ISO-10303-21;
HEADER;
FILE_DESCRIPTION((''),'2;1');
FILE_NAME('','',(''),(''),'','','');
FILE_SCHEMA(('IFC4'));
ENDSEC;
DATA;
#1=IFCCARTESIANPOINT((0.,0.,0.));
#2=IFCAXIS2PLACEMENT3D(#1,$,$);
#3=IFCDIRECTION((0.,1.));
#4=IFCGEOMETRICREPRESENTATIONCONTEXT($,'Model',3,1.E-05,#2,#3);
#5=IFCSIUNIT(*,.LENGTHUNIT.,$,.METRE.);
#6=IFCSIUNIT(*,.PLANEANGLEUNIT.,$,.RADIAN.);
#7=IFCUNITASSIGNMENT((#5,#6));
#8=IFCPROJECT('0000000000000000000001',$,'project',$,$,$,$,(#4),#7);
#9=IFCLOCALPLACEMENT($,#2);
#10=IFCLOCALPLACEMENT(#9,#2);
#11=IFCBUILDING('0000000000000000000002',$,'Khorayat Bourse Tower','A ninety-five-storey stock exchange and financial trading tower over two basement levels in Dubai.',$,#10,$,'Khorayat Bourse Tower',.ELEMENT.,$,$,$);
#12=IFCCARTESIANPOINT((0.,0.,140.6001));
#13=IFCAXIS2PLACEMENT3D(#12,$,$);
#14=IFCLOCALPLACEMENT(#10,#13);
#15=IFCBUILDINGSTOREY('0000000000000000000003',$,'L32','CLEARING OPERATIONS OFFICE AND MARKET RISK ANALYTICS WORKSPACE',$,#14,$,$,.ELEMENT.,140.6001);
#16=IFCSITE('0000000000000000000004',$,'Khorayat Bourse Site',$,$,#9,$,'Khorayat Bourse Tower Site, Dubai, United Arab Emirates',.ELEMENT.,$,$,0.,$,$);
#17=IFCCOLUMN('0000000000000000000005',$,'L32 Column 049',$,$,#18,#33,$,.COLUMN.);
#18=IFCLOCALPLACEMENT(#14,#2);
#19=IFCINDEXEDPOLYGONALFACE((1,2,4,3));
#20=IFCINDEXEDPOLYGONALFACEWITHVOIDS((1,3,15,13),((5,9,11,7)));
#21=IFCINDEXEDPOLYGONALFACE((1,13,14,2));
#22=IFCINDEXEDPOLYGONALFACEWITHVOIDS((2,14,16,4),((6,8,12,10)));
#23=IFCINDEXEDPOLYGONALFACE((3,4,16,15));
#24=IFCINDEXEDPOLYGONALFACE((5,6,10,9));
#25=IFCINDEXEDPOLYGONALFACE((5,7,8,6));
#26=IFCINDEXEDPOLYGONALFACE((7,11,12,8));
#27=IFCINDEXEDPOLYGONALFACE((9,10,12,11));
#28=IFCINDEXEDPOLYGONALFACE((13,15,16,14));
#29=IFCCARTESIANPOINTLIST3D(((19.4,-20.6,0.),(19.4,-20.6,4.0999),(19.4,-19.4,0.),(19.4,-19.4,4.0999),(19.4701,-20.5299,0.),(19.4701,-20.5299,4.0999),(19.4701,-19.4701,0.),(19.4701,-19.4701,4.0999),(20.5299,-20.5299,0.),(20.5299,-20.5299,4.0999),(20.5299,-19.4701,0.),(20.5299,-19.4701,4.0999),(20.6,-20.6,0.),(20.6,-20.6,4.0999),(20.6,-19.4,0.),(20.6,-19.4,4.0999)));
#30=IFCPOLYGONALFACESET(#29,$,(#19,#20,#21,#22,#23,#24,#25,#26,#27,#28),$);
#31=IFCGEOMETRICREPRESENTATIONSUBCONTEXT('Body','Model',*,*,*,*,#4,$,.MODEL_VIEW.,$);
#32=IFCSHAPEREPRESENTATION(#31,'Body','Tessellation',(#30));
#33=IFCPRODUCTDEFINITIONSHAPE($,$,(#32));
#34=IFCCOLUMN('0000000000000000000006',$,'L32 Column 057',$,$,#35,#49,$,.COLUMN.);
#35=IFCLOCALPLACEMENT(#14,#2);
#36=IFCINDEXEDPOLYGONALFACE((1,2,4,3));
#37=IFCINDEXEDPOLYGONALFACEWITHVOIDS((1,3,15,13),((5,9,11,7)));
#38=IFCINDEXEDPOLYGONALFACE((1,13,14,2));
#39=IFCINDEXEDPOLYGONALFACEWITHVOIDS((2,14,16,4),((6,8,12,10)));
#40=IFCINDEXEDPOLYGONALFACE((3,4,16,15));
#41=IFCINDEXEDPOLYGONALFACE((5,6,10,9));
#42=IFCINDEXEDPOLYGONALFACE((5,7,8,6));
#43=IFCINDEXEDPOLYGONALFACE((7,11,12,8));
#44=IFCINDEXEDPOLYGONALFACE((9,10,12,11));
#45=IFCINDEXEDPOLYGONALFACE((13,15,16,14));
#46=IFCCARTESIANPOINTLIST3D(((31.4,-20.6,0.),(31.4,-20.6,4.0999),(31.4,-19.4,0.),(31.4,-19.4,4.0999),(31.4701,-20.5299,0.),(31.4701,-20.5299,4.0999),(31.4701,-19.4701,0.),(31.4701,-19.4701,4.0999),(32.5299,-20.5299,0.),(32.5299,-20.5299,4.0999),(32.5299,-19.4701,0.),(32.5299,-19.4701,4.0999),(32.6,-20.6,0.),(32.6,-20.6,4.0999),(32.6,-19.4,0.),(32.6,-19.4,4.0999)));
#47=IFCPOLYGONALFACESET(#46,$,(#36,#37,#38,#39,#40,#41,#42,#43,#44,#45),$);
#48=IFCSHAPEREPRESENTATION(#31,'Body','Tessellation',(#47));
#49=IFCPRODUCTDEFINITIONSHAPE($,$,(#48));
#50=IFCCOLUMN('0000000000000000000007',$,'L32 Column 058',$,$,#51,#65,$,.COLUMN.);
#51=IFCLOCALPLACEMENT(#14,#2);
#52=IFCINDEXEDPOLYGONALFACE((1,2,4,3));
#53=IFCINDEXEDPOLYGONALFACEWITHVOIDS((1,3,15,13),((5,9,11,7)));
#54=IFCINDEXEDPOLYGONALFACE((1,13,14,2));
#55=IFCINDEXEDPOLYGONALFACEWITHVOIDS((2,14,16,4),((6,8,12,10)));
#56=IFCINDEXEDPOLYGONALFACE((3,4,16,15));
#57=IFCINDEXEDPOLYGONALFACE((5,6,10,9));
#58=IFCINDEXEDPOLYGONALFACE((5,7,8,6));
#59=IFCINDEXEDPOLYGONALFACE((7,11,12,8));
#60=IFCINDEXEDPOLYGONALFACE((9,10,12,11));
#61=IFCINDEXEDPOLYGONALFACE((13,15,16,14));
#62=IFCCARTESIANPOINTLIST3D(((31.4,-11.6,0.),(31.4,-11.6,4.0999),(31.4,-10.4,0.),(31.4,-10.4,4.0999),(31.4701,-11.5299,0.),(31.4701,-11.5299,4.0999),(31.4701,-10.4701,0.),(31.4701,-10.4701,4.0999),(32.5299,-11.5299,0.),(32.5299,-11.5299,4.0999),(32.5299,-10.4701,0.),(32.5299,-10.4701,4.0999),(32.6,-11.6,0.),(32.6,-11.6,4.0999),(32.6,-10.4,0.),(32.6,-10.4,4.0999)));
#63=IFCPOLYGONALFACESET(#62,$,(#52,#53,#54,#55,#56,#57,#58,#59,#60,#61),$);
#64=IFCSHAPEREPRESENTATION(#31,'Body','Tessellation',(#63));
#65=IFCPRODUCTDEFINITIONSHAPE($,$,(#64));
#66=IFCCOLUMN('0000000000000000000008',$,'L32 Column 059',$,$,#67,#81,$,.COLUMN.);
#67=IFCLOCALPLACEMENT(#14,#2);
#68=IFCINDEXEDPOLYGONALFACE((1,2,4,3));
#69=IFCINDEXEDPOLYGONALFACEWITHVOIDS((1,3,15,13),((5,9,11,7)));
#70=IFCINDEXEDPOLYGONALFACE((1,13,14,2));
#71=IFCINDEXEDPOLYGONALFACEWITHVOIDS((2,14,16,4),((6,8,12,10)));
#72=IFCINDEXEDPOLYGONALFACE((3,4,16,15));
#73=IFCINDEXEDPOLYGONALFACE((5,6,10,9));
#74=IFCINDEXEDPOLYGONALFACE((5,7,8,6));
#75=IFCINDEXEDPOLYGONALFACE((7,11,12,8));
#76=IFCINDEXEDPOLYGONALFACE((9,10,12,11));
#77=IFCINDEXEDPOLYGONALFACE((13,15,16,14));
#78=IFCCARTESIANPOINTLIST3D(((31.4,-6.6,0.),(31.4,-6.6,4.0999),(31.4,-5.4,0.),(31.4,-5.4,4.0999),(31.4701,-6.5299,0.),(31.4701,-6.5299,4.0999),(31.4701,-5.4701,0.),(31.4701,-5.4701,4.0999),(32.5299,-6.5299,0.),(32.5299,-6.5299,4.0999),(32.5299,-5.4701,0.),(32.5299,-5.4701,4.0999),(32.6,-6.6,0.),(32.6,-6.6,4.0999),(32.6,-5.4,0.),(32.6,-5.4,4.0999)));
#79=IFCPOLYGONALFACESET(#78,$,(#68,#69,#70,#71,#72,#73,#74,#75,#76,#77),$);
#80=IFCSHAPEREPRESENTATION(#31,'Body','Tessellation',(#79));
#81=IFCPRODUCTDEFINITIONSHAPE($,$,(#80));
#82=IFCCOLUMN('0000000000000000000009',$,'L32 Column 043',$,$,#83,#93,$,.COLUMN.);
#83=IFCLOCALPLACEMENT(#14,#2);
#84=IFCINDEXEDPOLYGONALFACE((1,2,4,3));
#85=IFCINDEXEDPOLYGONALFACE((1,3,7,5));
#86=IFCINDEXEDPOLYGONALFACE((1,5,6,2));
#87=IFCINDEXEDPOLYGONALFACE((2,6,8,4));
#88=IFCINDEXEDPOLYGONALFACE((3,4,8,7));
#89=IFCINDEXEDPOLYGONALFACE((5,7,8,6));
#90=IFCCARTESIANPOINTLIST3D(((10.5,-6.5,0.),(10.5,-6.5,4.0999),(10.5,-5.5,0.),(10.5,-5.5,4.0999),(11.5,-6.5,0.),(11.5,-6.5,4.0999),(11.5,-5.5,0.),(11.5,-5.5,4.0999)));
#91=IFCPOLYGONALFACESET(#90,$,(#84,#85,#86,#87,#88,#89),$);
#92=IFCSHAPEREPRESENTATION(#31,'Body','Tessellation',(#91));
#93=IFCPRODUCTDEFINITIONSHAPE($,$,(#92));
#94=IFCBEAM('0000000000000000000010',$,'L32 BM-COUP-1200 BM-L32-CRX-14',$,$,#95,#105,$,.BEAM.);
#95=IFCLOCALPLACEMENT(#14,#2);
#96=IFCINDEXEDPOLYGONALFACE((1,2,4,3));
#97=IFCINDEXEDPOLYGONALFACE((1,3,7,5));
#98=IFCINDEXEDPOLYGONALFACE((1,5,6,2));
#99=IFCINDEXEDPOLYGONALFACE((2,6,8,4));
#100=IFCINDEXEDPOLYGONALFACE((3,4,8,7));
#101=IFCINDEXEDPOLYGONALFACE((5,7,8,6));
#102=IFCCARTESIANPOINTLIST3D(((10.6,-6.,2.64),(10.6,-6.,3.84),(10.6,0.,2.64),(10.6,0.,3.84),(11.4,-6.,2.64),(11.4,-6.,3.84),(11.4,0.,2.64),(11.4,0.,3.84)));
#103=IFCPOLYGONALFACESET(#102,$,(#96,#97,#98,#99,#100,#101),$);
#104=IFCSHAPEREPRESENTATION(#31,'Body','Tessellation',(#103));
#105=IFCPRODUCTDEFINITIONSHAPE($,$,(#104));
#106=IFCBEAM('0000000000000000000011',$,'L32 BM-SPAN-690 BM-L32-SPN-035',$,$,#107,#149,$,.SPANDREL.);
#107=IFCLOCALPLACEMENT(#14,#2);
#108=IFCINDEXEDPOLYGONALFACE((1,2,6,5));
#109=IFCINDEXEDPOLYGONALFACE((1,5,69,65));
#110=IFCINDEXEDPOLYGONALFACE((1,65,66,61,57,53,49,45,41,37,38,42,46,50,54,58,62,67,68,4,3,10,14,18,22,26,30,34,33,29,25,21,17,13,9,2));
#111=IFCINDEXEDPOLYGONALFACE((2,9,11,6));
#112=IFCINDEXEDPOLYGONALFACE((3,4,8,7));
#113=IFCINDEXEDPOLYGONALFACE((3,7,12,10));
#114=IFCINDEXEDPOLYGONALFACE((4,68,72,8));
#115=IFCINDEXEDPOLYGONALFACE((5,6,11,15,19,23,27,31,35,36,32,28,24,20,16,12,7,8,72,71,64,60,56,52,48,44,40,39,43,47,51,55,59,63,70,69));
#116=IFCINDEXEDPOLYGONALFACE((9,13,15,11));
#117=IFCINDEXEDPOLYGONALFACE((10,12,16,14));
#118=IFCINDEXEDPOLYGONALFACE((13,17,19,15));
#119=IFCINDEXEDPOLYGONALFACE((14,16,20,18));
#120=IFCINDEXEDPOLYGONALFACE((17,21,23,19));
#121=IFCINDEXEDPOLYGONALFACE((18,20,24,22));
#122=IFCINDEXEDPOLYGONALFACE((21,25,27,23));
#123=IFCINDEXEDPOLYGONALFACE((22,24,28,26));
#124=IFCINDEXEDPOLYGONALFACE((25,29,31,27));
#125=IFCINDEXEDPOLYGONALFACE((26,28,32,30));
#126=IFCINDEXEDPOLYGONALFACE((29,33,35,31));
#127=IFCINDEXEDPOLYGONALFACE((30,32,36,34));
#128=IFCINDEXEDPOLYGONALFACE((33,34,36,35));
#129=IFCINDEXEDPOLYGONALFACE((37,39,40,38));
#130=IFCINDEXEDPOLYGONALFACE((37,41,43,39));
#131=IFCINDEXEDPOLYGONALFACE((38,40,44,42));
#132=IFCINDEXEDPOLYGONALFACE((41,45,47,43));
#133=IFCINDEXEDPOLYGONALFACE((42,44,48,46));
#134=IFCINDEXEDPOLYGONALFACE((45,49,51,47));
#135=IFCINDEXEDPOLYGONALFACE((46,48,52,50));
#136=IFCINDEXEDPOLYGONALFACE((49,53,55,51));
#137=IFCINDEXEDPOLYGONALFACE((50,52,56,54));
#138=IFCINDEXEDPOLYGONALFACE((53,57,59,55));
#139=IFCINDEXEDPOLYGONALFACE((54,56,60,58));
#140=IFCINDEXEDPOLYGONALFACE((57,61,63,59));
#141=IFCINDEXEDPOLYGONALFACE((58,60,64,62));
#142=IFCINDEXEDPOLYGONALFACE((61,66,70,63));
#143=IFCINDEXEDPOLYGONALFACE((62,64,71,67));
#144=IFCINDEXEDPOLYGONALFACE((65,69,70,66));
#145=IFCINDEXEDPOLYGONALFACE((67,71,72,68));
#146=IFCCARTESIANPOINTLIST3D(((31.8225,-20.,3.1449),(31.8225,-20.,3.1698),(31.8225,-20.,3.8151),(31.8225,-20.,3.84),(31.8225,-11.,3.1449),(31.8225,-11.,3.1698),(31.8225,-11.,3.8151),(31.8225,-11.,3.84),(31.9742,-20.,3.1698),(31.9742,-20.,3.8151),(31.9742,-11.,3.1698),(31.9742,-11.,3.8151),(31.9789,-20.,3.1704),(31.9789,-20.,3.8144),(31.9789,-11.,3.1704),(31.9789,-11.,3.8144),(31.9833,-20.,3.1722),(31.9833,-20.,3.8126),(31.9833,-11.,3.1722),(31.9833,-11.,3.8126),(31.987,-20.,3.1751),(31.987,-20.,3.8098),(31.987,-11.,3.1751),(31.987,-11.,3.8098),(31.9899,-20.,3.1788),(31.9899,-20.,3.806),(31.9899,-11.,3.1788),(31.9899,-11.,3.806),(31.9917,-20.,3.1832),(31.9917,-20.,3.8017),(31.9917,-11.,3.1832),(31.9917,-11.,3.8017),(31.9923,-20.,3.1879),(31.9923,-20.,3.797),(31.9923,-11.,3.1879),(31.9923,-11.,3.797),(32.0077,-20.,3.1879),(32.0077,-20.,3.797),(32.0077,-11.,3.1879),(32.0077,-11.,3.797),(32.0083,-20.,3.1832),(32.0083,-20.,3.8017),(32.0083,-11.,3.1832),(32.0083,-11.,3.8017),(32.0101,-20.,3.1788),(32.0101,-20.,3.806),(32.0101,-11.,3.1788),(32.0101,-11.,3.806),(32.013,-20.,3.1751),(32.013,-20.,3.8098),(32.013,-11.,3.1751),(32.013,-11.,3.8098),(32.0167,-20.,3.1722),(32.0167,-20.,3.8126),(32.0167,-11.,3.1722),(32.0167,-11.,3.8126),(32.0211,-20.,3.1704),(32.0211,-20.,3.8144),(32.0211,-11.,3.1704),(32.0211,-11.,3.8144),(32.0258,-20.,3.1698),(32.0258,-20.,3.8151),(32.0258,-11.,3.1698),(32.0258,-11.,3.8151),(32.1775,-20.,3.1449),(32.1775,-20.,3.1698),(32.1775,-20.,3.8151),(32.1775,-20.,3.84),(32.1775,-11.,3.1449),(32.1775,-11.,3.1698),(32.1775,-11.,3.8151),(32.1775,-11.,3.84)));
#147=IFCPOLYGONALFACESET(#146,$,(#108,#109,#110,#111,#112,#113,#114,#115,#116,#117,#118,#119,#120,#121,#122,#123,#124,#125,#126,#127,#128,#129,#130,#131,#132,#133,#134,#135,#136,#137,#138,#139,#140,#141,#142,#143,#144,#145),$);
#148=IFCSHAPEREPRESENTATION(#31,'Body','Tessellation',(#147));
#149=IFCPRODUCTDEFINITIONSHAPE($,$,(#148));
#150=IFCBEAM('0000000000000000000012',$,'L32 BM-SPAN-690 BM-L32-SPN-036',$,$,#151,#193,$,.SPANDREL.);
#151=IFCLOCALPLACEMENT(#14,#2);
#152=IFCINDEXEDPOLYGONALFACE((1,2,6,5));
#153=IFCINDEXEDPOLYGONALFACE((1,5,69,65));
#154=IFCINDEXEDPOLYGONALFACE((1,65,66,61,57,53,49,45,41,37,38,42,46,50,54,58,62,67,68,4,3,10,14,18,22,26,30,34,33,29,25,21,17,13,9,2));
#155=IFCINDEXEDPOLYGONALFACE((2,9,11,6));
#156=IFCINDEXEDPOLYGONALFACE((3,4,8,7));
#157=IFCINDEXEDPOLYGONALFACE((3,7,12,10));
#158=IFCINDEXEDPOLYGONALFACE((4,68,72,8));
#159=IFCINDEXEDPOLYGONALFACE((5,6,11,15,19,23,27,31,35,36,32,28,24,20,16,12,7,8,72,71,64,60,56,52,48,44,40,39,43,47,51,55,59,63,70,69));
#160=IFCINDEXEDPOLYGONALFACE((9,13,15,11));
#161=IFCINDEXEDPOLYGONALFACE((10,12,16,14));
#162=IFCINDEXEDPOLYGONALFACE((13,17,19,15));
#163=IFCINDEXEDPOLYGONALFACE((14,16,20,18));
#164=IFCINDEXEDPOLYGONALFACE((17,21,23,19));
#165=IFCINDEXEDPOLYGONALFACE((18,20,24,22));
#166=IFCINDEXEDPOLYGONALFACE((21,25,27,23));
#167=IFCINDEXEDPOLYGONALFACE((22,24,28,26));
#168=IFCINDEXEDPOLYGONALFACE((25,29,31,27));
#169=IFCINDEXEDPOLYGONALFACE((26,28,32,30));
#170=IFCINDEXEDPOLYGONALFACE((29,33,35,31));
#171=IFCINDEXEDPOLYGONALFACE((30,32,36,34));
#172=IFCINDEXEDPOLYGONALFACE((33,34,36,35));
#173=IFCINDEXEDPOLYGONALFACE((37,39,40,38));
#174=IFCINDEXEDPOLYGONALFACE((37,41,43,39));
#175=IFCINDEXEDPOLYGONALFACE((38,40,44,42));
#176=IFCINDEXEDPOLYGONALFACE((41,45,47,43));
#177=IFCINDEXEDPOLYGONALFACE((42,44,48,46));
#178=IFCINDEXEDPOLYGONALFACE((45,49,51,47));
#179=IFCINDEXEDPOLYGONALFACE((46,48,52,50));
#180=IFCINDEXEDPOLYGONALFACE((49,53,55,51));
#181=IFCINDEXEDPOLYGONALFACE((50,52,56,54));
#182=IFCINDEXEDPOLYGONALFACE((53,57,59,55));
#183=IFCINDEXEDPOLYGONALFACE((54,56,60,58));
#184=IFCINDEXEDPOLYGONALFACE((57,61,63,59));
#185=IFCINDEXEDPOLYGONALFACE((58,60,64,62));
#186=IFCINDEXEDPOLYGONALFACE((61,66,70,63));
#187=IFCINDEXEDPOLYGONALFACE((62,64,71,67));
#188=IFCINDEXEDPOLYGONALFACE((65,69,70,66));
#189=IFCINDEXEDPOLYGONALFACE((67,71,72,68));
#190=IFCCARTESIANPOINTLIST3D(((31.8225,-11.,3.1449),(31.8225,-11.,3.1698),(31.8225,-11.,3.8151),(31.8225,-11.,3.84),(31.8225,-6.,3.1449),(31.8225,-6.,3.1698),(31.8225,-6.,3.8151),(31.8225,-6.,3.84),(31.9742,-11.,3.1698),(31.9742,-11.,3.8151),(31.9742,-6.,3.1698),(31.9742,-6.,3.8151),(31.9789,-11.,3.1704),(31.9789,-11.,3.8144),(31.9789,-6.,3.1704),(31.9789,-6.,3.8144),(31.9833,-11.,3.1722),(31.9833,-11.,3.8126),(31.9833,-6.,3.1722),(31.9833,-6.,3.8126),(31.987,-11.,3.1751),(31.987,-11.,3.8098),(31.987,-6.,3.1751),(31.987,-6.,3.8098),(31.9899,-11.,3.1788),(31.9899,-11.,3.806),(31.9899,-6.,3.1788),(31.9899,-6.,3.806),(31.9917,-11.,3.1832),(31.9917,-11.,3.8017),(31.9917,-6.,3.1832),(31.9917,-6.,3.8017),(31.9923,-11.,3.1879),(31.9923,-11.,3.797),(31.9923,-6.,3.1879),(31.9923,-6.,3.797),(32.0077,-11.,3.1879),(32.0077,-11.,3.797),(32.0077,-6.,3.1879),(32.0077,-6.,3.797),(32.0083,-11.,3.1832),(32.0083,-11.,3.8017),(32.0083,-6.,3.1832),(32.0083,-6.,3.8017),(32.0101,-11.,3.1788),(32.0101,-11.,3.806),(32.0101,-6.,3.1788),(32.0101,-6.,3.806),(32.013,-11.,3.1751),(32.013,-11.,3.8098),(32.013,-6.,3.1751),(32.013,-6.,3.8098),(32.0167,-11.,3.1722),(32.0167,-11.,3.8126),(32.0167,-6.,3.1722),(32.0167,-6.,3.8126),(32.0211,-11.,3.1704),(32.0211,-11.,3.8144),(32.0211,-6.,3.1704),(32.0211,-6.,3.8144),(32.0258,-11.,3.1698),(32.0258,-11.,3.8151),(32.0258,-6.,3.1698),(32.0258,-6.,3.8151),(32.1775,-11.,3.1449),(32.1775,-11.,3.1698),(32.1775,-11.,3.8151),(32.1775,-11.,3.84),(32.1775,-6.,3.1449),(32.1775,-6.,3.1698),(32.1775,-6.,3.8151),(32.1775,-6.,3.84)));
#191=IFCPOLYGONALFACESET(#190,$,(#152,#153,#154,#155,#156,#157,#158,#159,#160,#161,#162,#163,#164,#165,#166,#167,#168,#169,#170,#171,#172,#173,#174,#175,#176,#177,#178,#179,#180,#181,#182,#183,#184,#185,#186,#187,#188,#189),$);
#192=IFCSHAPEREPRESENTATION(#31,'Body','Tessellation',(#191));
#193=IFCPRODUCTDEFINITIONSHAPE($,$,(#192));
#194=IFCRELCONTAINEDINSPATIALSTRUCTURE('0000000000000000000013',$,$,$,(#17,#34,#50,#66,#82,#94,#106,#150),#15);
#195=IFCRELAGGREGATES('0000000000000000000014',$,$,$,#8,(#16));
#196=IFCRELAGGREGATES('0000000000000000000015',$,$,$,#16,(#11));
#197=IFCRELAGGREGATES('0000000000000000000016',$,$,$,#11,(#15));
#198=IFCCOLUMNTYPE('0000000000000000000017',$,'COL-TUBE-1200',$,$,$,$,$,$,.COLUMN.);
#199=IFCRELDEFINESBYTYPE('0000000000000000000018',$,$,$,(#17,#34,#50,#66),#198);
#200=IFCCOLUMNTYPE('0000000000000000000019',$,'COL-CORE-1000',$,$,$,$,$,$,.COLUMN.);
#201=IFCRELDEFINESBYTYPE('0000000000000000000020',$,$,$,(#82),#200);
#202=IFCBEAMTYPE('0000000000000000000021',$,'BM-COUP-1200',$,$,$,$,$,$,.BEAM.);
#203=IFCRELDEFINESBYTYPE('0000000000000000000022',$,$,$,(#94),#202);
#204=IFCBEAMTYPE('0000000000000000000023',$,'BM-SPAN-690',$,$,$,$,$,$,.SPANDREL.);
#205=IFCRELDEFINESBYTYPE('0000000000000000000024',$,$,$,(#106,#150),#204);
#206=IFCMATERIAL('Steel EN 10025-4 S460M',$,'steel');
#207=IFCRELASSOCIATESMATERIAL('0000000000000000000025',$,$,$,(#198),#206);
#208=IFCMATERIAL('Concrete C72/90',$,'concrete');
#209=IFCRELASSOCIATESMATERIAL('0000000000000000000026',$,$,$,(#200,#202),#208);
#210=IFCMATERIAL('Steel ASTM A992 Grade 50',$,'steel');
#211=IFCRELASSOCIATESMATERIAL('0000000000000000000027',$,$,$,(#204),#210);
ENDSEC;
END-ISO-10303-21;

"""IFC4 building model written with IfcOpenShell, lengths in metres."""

from ifc_helpers import new_model, si_unit, direction, frame, origin, origin_2d, place, context, subcontext, project, spatial, rectangle, hollow_rectangle, i_section, extrude, source, transform, mapped, material, material_profile, profile_set, type_object, element, save


model = new_model("IFC4")

# Units and contexts
model_context = context("Model", 3, precision=1e-05, world=origin(), true_north=direction((0.0, 1.0)))
body_context = subcontext(model_context, "Body", "Model", "MODEL_VIEW")
ifc_project = project(units=[si_unit("LENGTHUNIT", "METRE"), si_unit("PLANEANGLEUNIT", "RADIAN")], contexts=[model_context])

# Site, building, storey
site_placement = place(None, origin())
site = spatial("IfcSite", under=ifc_project, at=site_placement, Name="Khorayat Bourse Site", LongName="Khorayat Bourse Tower Site, Dubai, United Arab Emirates", CompositionType="ELEMENT", RefElevation=0.0)
building_placement = place(site_placement, origin())
building = spatial("IfcBuilding", under=site, at=building_placement, Name="Khorayat Bourse Tower", Description="A ninety-five-storey stock exchange and financial trading tower over two basement levels in Dubai.", LongName="Khorayat Bourse Tower", CompositionType="ELEMENT")
storey_placement = place(building_placement, frame((0.0, 0.0, 140.6001)))
storey = spatial("IfcBuildingStorey", under=building, at=storey_placement, Name="L32", Description="CLEARING OPERATIONS OFFICE AND MARKET RISK ANALYTICS WORKSPACE", CompositionType="ELEMENT", Elevation=140.6001)

# Columns
ifc_material_1 = material(Name="Steel EN 10025-4 S460M", Category="steel")
ifc_material_profile_1 = material_profile(ifc_material_1, hollow_rectangle(XDim=1.2, YDim=1.2, WallThickness=0.0701, at=origin_2d()), Name="BOX 1200x1200x70")
ifc_profile_set_1 = profile_set([ifc_material_profile_1], Name="Steel EN 10025-4 S460M")
column_type_1 = type_object("IfcColumnType", Name="COL-TUBE-1200", PredefinedType="COLUMN", material=ifc_profile_set_1)
shared_shape_1 = source(origin(), body_context, "Body", "SweptSolid", [
    extrude(hollow_rectangle(XDim=1.2, YDim=1.2, WallThickness=0.0701, at=origin_2d()), origin(), (0.0, 0.0, 1.0), 4.0999),
])
for number, where, z_axis, x_axis, name in (
    (1, (20.0, -20.0, 0.0), (0.0, 0.0, 1.0), (1.0, 0.0, 0.0), "L32 Column 049"),
    (2, (32.0, -20.0, 0.0), (0.0, 0.0, 1.0), (1.0, 0.0, 0.0), "L32 Column 057"),
    (3, (32.0, -11.0, 0.0), (0.0, 0.0, 1.0), (1.0, 0.0, 0.0), "L32 Column 058"),
    (4, (32.0, -6.0, 0.0), (0.0, 0.0, 1.0), (1.0, 0.0, 0.0), "L32 Column 059"),
):
    element("IfcColumn", number, at=place(storey_placement, frame(where, z_axis=z_axis, x_axis=x_axis)), inside=storey, type_object=column_type_1, Name=name, PredefinedType="COLUMN", context=body_context, shape_type="MappedRepresentation", body=[
        mapped(shared_shape_1, transform((0.0, 0.0, 0.0), scale=1.0)),
    ])
ifc_material_2 = material(Name="Concrete C72/90", Category="concrete")
ifc_material_profile_2 = material_profile(ifc_material_2, rectangle(XDim=1.0, YDim=1.0, at=origin_2d()), Name="RC 1000x1000")
ifc_profile_set_2 = profile_set([ifc_material_profile_2], Name="Concrete C72/90")
column_type_2 = type_object("IfcColumnType", Name="COL-CORE-1000", PredefinedType="COLUMN", material=ifc_profile_set_2)
shared_shape_2 = source(origin(), body_context, "Body", "SweptSolid", [
    extrude(rectangle(XDim=1.0, YDim=1.0, at=origin_2d()), origin(), (0.0, 0.0, 1.0), 4.0999),
])
column_placement = place(storey_placement, frame((11.0, -6.0, 0.0), z_axis=(0.0, 0.0, 1.0), x_axis=(1.0, 0.0, 0.0)))
element("IfcColumn", 5, at=column_placement, inside=storey, type_object=column_type_2, Name="L32 Column 043", PredefinedType="COLUMN", context=body_context, shape_type="MappedRepresentation", body=[
    mapped(shared_shape_2, transform((0.0, 0.0, 0.0), scale=1.0)),
])

# Beams
ifc_material_profile_3 = material_profile(ifc_material_2, rectangle(XDim=0.8, YDim=1.2, at=origin_2d()), Name="RC 800x1200")
ifc_profile_set_3 = profile_set([ifc_material_profile_3], Name="Concrete C72/90")
beam_type_1 = type_object("IfcBeamType", Name="BM-COUP-1200", PredefinedType="BEAM", material=ifc_profile_set_3)
shared_shape_3 = source(origin(), body_context, "Body", "SweptSolid", [
    extrude(rectangle(XDim=0.8, YDim=1.2, at=origin_2d()), origin(), (0.0, 0.0, 1.0), 6.0),
])
beam_1_placement = place(storey_placement, frame((11.0, -6.0, 3.24), z_axis=(0.0, 1.0, 0.0), x_axis=(-1.0, 0.0, 0.0)))
element("IfcBeam", 6, at=beam_1_placement, inside=storey, type_object=beam_type_1, Name="L32 BM-COUP-1200 BM-L32-CRX-14", PredefinedType="BEAM", context=body_context, shape_type="MappedRepresentation", body=[
    mapped(shared_shape_3, transform((0.0, 0.0, 0.0), scale=1.0)),
])
ifc_material_3 = material(Name="Steel ASTM A992 Grade 50", Category="steel")
ifc_material_profile_4 = material_profile(ifc_material_3, i_section(OverallWidth=0.355, OverallDepth=0.6951, WebThickness=0.0154, FlangeThickness=0.0249, FilletRadius=0.0181, at=origin_2d()), Name="W690X217")
ifc_profile_set_4 = profile_set([ifc_material_profile_4], Name="Steel ASTM A992 Grade 50")
beam_type_2 = type_object("IfcBeamType", Name="BM-SPAN-690", PredefinedType="SPANDREL", material=ifc_profile_set_4)
shared_shape_4 = source(origin(), body_context, "Body", "SweptSolid", [
    extrude(i_section(OverallWidth=0.355, OverallDepth=0.6951, WebThickness=0.0154, FlangeThickness=0.0249, FilletRadius=0.0181, at=origin_2d()), origin(), (0.0, 0.0, 1.0), 9.0),
])
beam_2_placement = place(storey_placement, frame((32.0, -20.0, 3.4924), z_axis=(0.0, 1.0, 0.0), x_axis=(-1.0, 0.0, 0.0)))
element("IfcBeam", 7, at=beam_2_placement, inside=storey, type_object=beam_type_2, Name="L32 BM-SPAN-690 BM-L32-SPN-035", PredefinedType="SPANDREL", context=body_context, shape_type="MappedRepresentation", body=[
    mapped(shared_shape_4, transform((0.0, 0.0, 0.0), scale=1.0)),
])
shared_shape_5 = source(origin(), body_context, "Body", "SweptSolid", [
    extrude(i_section(OverallWidth=0.355, OverallDepth=0.6951, WebThickness=0.0154, FlangeThickness=0.0249, FilletRadius=0.0181, at=origin_2d()), origin(), (0.0, 0.0, 1.0), 5.0),
])
beam_3_placement = place(storey_placement, frame((32.0, -11.0, 3.4924), z_axis=(0.0, 1.0, 0.0), x_axis=(-1.0, 0.0, 0.0)))
element("IfcBeam", 8, at=beam_3_placement, inside=storey, type_object=beam_type_2, Name="L32 BM-SPAN-690 BM-L32-SPN-036", PredefinedType="SPANDREL", context=body_context, shape_type="MappedRepresentation", body=[
    mapped(shared_shape_5, transform((0.0, 0.0, 0.0), scale=1.0)),
])

save(model, "model.ifc")
